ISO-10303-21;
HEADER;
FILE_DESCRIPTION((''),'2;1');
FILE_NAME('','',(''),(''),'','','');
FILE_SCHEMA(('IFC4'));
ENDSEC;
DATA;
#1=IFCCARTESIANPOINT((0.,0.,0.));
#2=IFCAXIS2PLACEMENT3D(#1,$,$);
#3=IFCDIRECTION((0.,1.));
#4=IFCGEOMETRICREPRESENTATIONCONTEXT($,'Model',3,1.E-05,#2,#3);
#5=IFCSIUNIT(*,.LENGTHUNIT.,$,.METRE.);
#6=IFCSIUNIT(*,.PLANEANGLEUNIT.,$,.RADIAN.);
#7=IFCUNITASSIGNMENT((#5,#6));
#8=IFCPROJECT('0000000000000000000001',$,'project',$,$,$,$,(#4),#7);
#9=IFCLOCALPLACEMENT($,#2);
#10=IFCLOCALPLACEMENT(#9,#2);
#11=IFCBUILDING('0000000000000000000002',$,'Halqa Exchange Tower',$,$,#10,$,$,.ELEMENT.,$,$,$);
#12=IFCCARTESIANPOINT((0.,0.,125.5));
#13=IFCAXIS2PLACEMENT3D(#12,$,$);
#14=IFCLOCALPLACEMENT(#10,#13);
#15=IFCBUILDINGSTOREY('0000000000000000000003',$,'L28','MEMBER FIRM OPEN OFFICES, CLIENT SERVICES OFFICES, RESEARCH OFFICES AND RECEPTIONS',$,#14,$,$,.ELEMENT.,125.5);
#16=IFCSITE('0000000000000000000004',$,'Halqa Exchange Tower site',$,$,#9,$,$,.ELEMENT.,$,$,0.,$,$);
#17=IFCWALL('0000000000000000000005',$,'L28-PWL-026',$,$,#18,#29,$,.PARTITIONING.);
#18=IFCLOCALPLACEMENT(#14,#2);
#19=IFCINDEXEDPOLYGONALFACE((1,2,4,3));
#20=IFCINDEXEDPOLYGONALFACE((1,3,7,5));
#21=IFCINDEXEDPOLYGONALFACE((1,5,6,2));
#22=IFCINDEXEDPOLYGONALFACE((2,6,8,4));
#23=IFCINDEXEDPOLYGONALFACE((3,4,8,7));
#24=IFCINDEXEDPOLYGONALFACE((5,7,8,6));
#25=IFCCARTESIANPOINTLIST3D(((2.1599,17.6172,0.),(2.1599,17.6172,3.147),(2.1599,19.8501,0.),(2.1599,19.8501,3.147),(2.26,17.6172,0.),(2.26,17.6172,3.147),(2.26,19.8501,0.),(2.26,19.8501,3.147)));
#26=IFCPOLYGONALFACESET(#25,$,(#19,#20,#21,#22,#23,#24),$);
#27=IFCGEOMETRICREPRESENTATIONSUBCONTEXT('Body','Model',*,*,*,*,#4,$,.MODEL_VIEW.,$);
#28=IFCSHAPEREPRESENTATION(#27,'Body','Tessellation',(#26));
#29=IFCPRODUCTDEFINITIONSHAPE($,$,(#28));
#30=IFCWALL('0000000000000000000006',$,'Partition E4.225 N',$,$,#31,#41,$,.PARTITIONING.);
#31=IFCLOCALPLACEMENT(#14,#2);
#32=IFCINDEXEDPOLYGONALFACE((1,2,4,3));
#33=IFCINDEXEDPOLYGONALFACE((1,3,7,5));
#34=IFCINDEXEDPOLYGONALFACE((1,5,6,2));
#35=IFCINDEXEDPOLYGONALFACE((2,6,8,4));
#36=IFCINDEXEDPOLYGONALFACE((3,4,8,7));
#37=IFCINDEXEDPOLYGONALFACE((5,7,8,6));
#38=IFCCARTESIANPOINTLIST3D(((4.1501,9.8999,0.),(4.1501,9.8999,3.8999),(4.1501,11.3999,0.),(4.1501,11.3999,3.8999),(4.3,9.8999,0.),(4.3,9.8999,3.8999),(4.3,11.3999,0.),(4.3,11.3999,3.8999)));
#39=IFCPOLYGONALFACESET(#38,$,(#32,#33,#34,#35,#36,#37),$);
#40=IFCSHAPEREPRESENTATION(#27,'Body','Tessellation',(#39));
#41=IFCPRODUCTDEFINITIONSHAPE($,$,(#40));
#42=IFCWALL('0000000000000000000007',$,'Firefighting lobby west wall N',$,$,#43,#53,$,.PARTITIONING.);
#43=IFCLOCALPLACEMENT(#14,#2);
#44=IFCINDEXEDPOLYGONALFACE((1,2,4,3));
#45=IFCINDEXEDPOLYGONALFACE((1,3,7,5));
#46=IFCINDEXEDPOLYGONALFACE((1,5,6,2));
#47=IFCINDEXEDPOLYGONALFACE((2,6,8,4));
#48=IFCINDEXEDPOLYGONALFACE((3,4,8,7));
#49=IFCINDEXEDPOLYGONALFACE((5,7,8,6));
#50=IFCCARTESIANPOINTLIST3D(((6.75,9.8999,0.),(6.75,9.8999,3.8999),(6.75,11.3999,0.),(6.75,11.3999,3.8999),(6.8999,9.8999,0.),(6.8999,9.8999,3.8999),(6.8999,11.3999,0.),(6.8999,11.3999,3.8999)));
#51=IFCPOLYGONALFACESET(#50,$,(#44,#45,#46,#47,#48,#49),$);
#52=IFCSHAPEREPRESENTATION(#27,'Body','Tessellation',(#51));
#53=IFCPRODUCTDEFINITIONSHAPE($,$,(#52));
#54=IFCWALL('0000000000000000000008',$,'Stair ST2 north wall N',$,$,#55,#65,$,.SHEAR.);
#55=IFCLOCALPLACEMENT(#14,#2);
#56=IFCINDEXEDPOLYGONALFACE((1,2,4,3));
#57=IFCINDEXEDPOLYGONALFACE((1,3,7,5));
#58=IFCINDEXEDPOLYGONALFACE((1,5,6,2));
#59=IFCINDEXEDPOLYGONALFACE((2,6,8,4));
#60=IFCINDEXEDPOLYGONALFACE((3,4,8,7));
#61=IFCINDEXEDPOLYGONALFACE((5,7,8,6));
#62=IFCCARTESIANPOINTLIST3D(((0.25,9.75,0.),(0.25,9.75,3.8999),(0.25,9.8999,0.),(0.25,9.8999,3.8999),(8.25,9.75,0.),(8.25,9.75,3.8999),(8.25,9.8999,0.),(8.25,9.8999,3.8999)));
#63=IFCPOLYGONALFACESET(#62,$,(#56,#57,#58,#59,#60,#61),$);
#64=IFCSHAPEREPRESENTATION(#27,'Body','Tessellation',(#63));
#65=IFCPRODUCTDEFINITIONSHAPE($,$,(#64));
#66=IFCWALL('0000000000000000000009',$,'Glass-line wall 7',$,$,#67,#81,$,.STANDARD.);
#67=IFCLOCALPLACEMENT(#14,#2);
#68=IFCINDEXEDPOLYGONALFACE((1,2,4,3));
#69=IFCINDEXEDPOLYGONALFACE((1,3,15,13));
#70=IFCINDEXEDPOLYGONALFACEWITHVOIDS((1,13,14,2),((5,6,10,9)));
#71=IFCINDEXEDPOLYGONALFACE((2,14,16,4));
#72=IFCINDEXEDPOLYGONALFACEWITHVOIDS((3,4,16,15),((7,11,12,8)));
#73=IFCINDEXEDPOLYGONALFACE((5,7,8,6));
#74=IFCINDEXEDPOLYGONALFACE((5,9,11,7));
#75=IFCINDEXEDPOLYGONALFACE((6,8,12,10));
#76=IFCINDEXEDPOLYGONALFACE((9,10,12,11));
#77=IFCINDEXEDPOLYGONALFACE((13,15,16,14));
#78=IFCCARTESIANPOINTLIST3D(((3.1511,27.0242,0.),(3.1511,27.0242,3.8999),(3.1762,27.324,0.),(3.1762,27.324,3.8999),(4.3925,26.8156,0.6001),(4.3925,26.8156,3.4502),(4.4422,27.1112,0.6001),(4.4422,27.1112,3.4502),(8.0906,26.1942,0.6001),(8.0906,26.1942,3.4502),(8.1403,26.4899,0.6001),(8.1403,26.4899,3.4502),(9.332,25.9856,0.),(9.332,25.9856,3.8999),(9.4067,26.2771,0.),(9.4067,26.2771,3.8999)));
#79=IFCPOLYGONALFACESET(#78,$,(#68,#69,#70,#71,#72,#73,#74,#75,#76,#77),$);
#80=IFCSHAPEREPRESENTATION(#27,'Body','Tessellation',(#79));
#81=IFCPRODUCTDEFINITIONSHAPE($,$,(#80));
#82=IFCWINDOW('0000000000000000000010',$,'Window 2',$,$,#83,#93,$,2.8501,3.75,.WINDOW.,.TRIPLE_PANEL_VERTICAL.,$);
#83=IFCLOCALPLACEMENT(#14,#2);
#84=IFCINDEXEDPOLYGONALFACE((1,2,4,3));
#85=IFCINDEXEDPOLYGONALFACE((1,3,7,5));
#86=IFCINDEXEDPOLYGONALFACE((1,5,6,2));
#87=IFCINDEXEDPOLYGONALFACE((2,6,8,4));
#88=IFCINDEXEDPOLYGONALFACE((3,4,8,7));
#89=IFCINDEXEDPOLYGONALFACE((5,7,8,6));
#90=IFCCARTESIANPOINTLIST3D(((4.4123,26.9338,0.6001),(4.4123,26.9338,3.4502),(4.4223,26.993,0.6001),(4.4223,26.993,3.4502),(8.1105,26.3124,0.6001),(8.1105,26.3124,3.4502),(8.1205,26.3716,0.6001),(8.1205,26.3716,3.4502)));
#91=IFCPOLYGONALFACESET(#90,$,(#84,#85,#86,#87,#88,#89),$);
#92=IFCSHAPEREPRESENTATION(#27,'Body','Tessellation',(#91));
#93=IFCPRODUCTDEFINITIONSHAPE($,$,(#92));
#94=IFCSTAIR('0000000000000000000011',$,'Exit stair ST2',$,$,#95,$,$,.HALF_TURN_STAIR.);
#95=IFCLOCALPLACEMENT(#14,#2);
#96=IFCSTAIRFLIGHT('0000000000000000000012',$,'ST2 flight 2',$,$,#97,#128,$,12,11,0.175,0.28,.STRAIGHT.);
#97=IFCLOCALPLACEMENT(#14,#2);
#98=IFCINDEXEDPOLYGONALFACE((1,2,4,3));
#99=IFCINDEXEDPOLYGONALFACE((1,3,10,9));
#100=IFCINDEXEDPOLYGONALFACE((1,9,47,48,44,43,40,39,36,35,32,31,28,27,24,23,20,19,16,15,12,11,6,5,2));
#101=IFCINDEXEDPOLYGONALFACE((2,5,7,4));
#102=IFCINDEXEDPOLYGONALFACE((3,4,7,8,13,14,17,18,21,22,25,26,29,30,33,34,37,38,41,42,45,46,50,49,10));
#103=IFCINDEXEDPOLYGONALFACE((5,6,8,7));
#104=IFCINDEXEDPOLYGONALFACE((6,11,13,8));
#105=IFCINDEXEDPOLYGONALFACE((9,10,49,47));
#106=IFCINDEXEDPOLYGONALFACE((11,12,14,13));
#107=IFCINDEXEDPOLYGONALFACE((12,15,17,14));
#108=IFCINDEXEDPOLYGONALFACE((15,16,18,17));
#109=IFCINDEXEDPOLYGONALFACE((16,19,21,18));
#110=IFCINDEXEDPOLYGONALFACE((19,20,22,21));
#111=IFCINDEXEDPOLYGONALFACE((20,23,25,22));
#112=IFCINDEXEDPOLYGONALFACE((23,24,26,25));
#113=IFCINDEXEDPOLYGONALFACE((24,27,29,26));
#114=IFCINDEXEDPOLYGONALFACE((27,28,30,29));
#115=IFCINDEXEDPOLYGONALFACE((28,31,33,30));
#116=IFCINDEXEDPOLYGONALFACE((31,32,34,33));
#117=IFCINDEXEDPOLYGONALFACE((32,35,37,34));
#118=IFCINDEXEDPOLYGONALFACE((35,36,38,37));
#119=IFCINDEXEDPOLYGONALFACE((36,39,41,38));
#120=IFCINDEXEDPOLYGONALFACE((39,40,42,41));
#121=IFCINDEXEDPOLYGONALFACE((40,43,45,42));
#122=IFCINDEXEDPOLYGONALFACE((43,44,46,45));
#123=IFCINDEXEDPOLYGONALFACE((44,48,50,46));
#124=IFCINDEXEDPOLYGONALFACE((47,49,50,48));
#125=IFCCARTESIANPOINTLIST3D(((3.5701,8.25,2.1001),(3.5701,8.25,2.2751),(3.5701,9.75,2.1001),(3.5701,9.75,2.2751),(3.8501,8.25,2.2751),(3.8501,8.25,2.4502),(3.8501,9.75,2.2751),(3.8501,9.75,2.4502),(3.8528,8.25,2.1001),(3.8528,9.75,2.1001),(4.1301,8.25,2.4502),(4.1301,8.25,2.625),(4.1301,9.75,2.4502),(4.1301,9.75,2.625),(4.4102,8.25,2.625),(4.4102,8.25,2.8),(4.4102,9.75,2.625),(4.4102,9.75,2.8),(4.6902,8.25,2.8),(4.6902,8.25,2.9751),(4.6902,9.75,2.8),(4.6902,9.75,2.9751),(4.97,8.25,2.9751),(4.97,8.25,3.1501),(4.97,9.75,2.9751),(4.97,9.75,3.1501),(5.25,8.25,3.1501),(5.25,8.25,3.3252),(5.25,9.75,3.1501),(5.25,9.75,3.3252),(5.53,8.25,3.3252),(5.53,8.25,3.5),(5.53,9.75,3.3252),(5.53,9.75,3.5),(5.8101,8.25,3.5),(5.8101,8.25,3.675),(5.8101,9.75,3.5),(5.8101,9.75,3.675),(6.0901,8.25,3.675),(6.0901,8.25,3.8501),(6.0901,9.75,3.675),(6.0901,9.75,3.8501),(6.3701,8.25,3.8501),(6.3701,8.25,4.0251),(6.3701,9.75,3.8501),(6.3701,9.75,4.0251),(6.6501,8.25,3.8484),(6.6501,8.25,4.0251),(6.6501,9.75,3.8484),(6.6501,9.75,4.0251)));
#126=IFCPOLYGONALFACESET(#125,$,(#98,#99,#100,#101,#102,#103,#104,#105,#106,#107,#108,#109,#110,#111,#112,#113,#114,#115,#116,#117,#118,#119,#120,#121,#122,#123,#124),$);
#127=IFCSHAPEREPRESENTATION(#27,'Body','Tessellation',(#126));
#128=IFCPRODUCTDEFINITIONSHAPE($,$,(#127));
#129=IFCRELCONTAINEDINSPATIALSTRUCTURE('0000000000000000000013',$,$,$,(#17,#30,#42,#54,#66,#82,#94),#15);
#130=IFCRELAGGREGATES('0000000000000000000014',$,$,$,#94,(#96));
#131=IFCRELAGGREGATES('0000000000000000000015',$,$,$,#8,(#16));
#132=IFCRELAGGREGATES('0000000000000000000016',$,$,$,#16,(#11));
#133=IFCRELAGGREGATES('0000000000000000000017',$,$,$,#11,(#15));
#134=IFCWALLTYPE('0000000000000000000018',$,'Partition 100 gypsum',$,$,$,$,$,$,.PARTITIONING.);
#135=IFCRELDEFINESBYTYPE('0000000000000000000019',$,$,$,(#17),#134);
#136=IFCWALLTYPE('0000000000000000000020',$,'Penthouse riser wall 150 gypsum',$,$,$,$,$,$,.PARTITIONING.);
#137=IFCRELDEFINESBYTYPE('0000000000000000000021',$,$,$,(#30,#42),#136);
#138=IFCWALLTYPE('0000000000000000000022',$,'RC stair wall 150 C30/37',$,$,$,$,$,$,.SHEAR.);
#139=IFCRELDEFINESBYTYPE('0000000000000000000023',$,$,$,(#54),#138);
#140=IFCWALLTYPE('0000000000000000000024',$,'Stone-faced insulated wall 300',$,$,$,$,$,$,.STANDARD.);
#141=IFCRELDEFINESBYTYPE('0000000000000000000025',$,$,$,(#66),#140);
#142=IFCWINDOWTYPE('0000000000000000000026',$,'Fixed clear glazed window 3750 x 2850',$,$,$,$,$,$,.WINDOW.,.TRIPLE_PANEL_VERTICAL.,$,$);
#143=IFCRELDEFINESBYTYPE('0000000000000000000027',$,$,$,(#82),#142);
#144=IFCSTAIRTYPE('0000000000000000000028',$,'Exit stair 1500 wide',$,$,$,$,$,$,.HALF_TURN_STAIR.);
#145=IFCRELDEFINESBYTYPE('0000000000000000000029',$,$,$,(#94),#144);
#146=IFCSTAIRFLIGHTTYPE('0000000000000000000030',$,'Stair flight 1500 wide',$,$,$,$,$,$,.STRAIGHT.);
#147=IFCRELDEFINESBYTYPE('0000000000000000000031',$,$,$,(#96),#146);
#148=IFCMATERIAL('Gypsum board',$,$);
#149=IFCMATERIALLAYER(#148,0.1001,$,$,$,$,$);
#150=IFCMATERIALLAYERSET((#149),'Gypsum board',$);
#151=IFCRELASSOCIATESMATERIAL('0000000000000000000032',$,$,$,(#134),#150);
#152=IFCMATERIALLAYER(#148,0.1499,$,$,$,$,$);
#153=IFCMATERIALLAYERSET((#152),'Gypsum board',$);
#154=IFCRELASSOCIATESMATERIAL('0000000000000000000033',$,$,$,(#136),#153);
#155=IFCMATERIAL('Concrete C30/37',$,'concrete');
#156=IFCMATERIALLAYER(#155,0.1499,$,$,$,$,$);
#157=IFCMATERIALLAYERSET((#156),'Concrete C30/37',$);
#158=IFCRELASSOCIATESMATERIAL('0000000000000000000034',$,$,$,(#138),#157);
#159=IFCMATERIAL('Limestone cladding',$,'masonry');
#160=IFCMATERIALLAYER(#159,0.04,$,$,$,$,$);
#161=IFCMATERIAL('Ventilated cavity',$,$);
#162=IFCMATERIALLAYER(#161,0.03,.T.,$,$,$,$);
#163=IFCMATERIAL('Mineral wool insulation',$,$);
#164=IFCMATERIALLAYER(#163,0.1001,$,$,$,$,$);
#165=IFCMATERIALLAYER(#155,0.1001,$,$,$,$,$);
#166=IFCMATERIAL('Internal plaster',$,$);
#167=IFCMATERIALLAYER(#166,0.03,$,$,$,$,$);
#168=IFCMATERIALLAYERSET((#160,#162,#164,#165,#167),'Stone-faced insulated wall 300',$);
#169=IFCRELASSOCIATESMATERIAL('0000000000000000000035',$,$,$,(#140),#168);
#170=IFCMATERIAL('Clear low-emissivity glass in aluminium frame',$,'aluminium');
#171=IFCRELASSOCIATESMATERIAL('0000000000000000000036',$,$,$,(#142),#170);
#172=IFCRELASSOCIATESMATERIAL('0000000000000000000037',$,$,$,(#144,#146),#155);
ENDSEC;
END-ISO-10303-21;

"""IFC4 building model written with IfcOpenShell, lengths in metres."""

from ifc_helpers import new_model, si_unit, direction, frame, frame_2d, origin, place, context, subcontext, project, spatial, polyline, rectangle, outline, extrude, material, layer, layer_set, type_object, element, fill, aggregate, save


model = new_model("IFC4")

# Units and contexts
model_context = context("Model", 3, precision=1e-05, world=origin(), true_north=direction((0.0, 1.0)))
body_context = subcontext(model_context, "Body", "Model", "MODEL_VIEW")
ifc_project = project(units=[si_unit("LENGTHUNIT", "METRE"), si_unit("PLANEANGLEUNIT", "RADIAN")], contexts=[model_context])

# Site, building, storey
site_placement = place(None, origin())
site = spatial("IfcSite", under=ifc_project, at=site_placement, Name="Halqa Exchange Tower site", CompositionType="ELEMENT", RefElevation=0.0)
building_placement = place(site_placement, origin())
building = spatial("IfcBuilding", under=site, at=building_placement, Name="Halqa Exchange Tower", CompositionType="ELEMENT")
storey_placement = place(building_placement, frame((0.0, 0.0, 125.5)))
storey = spatial("IfcBuildingStorey", under=building, at=storey_placement, Name="L28", Description="MEMBER FIRM OPEN OFFICES, CLIENT SERVICES OFFICES, RESEARCH OFFICES AND RECEPTIONS", CompositionType="ELEMENT", Elevation=125.5)

# Walls
ifc_material_1 = material(Name="Gypsum board")
ifc_layer_1 = layer(ifc_material_1, 0.1001)
ifc_layer_set_1 = layer_set([ifc_layer_1], Name="Gypsum board")
wall_type_1 = type_object("IfcWallType", Name="Partition 100 gypsum", PredefinedType="PARTITIONING", material=ifc_layer_set_1)
wall_1_placement = place(storey_placement, frame((2.21, 17.6172, 0.0), z_axis=(0.0, 0.0, 1.0), x_axis=(0.0, 1.0, 0.0)))
element("IfcWall", 1, at=wall_1_placement, inside=storey, type_object=wall_type_1, Name="L28-PWL-026", PredefinedType="PARTITIONING", context=body_context, shape_type="SweptSolid", body=[
    extrude(outline(polyline([(0.0, -0.05), (2.2329, -0.05), (2.2329, 0.05), (0.0, 0.05), (0.0, -0.05)])), origin(), (0.0, 0.0, 1.0), 3.147),
])
ifc_layer_2 = layer(ifc_material_1, 0.1499)
ifc_layer_set_2 = layer_set([ifc_layer_2], Name="Gypsum board")
wall_type_2 = type_object("IfcWallType", Name="Penthouse riser wall 150 gypsum", PredefinedType="PARTITIONING", material=ifc_layer_set_2)
for number, where, z_axis, x_axis, name in (
    (2, (4.2251, 9.8999, 0.0), (0.0, 0.0, 1.0), (0.0, 1.0, 0.0), "Partition E4.225 N"),
    (3, (6.825, 9.8999, 0.0), (0.0, 0.0, 1.0), (0.0, 1.0, 0.0), "Firefighting lobby west wall N"),
):
    element("IfcWall", number, at=place(storey_placement, frame(where, z_axis=z_axis, x_axis=x_axis)), inside=storey, type_object=wall_type_2, Name=name, PredefinedType="PARTITIONING", context=body_context, shape_type="SweptSolid", body=[
        extrude(rectangle(XDim=1.5, YDim=0.1499, at=frame_2d((0.75, 0.0))), origin(), (0.0, 0.0, 1.0), 3.8999),
    ])
ifc_material_2 = material(Name="Concrete C30/37", Category="concrete")
ifc_layer_3 = layer(ifc_material_2, 0.1499)
ifc_layer_set_3 = layer_set([ifc_layer_3], Name="Concrete C30/37")
wall_type_3 = type_object("IfcWallType", Name="RC stair wall 150 C30/37", PredefinedType="SHEAR", material=ifc_layer_set_3)
wall_2_placement = place(storey_placement, frame((0.25, 9.825, 0.0), z_axis=(0.0, 0.0, 1.0), x_axis=(1.0, 0.0, 0.0)))
element("IfcWall", 4, at=wall_2_placement, inside=storey, type_object=wall_type_3, Name="Stair ST2 north wall N", PredefinedType="SHEAR", context=body_context, shape_type="SweptSolid", body=[
    extrude(rectangle(XDim=8.0, YDim=0.1499, at=frame_2d((4.0, 0.0))), origin(), (0.0, 0.0, 1.0), 3.8999),
])

# Wall, opening, window
ifc_material_3 = material(Name="Limestone cladding", Category="masonry")
ifc_layer_4 = layer(ifc_material_3, 0.04)
ifc_material_4 = material(Name="Ventilated cavity")
ifc_layer_5 = layer(ifc_material_4, 0.03, ventilated=True)
ifc_material_5 = material(Name="Mineral wool insulation")
ifc_layer_6 = layer(ifc_material_5, 0.1001)
ifc_layer_7 = layer(ifc_material_2, 0.1001)
ifc_material_6 = material(Name="Internal plaster")
ifc_layer_8 = layer(ifc_material_6, 0.03)
ifc_layer_set_4 = layer_set([ifc_layer_4, ifc_layer_5, ifc_layer_6, ifc_layer_7, ifc_layer_8], Name="Stone-faced insulated wall 300")
wall_type_4 = type_object("IfcWallType", Name="Stone-faced insulated wall 300", PredefinedType="STANDARD", material=ifc_layer_set_4)
wall_3_placement = place(storey_placement, frame((9.3694, 26.1313, 0.0), z_axis=(0.0, 0.0, 1.0), x_axis=(-0.986176, 0.165701, 0.0)))
wall_3 = element("IfcWall", 5, at=wall_3_placement, inside=storey, type_object=wall_type_4, Name="Glass-line wall 7", PredefinedType="STANDARD", context=body_context, shape_type="SweptSolid", body=[
    extrude(outline(polyline([(-0.0127, -0.1499), (6.3052, -0.1499), (6.2803, 0.1499), (0.0127, 0.1499), (-0.0127, -0.1499)])), origin(), (0.0, 0.0, 1.0), 3.8999),
])
opening_1_placement = place(wall_3_placement, frame((1.2715, 0.0, 0.6001)))
opening_1 = element("IfcOpeningElement", 6, at=opening_1_placement, cuts=wall_3, PredefinedType="OPENING", context=body_context, shape_type="SweptSolid", body=[
    extrude(rectangle(XDim=3.75, YDim=2.8501, at=frame_2d((1.875, 1.425))), frame((0.0, 0.1621, 0.0), z_axis=(0.0, -1.0, 0.0), x_axis=(1.0, 0.0, 0.0)), (0.0, 0.0, 1.0), 0.324),
])
ifc_material_7 = material(Name="Clear low-emissivity glass in aluminium frame", Category="aluminium")
window_type = type_object("IfcWindowType", Name="Fixed clear glazed window 3750 x 2850", PartitioningType="TRIPLE_PANEL_VERTICAL", PredefinedType="WINDOW", material=ifc_material_7)
window_placement = place(opening_1_placement, origin())
window = element("IfcWindow", 7, at=window_placement, inside=storey, type_object=window_type, Name="Window 2", OverallHeight=2.8501, OverallWidth=3.75, PartitioningType="TRIPLE_PANEL_VERTICAL", PredefinedType="WINDOW", context=body_context, shape_type="SweptSolid", body=[
    extrude(rectangle(XDim=3.75, YDim=2.8501, at=frame_2d((1.875, 1.425))), frame((0.0, 0.03, 0.0), z_axis=(0.0, -1.0, 0.0), x_axis=(1.0, 0.0, 0.0)), (0.0, 0.0, 1.0), 0.0601),
])
fill(opening_1, window)

# Stair, stair flight
stair_type = type_object("IfcStairType", Name="Exit stair 1500 wide", PredefinedType="HALF_TURN_STAIR", material=ifc_material_2)
stair_placement = place(storey_placement, origin())
stair = element("IfcStair", 8, at=stair_placement, inside=storey, type_object=stair_type, Name="Exit stair ST2", PredefinedType="HALF_TURN_STAIR")
stair_flight_type = type_object("IfcStairFlightType", Name="Stair flight 1500 wide", PredefinedType="STRAIGHT", material=ifc_material_2)
stair_flight_placement = place(storey_placement, frame((3.5701, 9.0, 2.1001), z_axis=(0.0, 0.0, 1.0), x_axis=(1.0, 0.0, 0.0)))
stair_flight = element("IfcStairFlight", 9, at=stair_flight_placement, type_object=stair_flight_type, Name="ST2 flight 2", NumberOfRisers=12, NumberOfTreads=11, PredefinedType="STRAIGHT", RiserHeight=0.175, TreadLength=0.28, context=body_context, shape_type="SweptSolid", body=[
    extrude(outline(polyline([(0.0, 0.0), (0.0, 0.175), (0.28, 0.175), (0.28, 0.3501), (0.5601, 0.3501), (0.5601, 0.5249), (0.8401, 0.5249), (0.8401, 0.7), (1.1201, 0.7), (1.1201, 0.875), (1.3999, 0.875), (1.3999, 1.05), (1.6799, 1.05), (1.6799, 1.2251), (1.96, 1.2251), (1.96, 1.3999), (2.24, 1.3999), (2.24, 1.575), (2.52, 1.575), (2.52, 1.75), (2.8, 1.75), (2.8, 1.925), (3.0801, 1.925), (3.0801, 2.1001), (3.0801, 1.7483), (0.2827, 0.0), (0.0, 0.0)])), frame((0.0, 0.75, 0.0), z_axis=(0.0, -1.0, 0.0), x_axis=(1.0, 0.0, 0.0)), (0.0, 0.0, 1.0), 1.5),
])
aggregate(stair, [stair_flight])

save(model, "model.ifc")
